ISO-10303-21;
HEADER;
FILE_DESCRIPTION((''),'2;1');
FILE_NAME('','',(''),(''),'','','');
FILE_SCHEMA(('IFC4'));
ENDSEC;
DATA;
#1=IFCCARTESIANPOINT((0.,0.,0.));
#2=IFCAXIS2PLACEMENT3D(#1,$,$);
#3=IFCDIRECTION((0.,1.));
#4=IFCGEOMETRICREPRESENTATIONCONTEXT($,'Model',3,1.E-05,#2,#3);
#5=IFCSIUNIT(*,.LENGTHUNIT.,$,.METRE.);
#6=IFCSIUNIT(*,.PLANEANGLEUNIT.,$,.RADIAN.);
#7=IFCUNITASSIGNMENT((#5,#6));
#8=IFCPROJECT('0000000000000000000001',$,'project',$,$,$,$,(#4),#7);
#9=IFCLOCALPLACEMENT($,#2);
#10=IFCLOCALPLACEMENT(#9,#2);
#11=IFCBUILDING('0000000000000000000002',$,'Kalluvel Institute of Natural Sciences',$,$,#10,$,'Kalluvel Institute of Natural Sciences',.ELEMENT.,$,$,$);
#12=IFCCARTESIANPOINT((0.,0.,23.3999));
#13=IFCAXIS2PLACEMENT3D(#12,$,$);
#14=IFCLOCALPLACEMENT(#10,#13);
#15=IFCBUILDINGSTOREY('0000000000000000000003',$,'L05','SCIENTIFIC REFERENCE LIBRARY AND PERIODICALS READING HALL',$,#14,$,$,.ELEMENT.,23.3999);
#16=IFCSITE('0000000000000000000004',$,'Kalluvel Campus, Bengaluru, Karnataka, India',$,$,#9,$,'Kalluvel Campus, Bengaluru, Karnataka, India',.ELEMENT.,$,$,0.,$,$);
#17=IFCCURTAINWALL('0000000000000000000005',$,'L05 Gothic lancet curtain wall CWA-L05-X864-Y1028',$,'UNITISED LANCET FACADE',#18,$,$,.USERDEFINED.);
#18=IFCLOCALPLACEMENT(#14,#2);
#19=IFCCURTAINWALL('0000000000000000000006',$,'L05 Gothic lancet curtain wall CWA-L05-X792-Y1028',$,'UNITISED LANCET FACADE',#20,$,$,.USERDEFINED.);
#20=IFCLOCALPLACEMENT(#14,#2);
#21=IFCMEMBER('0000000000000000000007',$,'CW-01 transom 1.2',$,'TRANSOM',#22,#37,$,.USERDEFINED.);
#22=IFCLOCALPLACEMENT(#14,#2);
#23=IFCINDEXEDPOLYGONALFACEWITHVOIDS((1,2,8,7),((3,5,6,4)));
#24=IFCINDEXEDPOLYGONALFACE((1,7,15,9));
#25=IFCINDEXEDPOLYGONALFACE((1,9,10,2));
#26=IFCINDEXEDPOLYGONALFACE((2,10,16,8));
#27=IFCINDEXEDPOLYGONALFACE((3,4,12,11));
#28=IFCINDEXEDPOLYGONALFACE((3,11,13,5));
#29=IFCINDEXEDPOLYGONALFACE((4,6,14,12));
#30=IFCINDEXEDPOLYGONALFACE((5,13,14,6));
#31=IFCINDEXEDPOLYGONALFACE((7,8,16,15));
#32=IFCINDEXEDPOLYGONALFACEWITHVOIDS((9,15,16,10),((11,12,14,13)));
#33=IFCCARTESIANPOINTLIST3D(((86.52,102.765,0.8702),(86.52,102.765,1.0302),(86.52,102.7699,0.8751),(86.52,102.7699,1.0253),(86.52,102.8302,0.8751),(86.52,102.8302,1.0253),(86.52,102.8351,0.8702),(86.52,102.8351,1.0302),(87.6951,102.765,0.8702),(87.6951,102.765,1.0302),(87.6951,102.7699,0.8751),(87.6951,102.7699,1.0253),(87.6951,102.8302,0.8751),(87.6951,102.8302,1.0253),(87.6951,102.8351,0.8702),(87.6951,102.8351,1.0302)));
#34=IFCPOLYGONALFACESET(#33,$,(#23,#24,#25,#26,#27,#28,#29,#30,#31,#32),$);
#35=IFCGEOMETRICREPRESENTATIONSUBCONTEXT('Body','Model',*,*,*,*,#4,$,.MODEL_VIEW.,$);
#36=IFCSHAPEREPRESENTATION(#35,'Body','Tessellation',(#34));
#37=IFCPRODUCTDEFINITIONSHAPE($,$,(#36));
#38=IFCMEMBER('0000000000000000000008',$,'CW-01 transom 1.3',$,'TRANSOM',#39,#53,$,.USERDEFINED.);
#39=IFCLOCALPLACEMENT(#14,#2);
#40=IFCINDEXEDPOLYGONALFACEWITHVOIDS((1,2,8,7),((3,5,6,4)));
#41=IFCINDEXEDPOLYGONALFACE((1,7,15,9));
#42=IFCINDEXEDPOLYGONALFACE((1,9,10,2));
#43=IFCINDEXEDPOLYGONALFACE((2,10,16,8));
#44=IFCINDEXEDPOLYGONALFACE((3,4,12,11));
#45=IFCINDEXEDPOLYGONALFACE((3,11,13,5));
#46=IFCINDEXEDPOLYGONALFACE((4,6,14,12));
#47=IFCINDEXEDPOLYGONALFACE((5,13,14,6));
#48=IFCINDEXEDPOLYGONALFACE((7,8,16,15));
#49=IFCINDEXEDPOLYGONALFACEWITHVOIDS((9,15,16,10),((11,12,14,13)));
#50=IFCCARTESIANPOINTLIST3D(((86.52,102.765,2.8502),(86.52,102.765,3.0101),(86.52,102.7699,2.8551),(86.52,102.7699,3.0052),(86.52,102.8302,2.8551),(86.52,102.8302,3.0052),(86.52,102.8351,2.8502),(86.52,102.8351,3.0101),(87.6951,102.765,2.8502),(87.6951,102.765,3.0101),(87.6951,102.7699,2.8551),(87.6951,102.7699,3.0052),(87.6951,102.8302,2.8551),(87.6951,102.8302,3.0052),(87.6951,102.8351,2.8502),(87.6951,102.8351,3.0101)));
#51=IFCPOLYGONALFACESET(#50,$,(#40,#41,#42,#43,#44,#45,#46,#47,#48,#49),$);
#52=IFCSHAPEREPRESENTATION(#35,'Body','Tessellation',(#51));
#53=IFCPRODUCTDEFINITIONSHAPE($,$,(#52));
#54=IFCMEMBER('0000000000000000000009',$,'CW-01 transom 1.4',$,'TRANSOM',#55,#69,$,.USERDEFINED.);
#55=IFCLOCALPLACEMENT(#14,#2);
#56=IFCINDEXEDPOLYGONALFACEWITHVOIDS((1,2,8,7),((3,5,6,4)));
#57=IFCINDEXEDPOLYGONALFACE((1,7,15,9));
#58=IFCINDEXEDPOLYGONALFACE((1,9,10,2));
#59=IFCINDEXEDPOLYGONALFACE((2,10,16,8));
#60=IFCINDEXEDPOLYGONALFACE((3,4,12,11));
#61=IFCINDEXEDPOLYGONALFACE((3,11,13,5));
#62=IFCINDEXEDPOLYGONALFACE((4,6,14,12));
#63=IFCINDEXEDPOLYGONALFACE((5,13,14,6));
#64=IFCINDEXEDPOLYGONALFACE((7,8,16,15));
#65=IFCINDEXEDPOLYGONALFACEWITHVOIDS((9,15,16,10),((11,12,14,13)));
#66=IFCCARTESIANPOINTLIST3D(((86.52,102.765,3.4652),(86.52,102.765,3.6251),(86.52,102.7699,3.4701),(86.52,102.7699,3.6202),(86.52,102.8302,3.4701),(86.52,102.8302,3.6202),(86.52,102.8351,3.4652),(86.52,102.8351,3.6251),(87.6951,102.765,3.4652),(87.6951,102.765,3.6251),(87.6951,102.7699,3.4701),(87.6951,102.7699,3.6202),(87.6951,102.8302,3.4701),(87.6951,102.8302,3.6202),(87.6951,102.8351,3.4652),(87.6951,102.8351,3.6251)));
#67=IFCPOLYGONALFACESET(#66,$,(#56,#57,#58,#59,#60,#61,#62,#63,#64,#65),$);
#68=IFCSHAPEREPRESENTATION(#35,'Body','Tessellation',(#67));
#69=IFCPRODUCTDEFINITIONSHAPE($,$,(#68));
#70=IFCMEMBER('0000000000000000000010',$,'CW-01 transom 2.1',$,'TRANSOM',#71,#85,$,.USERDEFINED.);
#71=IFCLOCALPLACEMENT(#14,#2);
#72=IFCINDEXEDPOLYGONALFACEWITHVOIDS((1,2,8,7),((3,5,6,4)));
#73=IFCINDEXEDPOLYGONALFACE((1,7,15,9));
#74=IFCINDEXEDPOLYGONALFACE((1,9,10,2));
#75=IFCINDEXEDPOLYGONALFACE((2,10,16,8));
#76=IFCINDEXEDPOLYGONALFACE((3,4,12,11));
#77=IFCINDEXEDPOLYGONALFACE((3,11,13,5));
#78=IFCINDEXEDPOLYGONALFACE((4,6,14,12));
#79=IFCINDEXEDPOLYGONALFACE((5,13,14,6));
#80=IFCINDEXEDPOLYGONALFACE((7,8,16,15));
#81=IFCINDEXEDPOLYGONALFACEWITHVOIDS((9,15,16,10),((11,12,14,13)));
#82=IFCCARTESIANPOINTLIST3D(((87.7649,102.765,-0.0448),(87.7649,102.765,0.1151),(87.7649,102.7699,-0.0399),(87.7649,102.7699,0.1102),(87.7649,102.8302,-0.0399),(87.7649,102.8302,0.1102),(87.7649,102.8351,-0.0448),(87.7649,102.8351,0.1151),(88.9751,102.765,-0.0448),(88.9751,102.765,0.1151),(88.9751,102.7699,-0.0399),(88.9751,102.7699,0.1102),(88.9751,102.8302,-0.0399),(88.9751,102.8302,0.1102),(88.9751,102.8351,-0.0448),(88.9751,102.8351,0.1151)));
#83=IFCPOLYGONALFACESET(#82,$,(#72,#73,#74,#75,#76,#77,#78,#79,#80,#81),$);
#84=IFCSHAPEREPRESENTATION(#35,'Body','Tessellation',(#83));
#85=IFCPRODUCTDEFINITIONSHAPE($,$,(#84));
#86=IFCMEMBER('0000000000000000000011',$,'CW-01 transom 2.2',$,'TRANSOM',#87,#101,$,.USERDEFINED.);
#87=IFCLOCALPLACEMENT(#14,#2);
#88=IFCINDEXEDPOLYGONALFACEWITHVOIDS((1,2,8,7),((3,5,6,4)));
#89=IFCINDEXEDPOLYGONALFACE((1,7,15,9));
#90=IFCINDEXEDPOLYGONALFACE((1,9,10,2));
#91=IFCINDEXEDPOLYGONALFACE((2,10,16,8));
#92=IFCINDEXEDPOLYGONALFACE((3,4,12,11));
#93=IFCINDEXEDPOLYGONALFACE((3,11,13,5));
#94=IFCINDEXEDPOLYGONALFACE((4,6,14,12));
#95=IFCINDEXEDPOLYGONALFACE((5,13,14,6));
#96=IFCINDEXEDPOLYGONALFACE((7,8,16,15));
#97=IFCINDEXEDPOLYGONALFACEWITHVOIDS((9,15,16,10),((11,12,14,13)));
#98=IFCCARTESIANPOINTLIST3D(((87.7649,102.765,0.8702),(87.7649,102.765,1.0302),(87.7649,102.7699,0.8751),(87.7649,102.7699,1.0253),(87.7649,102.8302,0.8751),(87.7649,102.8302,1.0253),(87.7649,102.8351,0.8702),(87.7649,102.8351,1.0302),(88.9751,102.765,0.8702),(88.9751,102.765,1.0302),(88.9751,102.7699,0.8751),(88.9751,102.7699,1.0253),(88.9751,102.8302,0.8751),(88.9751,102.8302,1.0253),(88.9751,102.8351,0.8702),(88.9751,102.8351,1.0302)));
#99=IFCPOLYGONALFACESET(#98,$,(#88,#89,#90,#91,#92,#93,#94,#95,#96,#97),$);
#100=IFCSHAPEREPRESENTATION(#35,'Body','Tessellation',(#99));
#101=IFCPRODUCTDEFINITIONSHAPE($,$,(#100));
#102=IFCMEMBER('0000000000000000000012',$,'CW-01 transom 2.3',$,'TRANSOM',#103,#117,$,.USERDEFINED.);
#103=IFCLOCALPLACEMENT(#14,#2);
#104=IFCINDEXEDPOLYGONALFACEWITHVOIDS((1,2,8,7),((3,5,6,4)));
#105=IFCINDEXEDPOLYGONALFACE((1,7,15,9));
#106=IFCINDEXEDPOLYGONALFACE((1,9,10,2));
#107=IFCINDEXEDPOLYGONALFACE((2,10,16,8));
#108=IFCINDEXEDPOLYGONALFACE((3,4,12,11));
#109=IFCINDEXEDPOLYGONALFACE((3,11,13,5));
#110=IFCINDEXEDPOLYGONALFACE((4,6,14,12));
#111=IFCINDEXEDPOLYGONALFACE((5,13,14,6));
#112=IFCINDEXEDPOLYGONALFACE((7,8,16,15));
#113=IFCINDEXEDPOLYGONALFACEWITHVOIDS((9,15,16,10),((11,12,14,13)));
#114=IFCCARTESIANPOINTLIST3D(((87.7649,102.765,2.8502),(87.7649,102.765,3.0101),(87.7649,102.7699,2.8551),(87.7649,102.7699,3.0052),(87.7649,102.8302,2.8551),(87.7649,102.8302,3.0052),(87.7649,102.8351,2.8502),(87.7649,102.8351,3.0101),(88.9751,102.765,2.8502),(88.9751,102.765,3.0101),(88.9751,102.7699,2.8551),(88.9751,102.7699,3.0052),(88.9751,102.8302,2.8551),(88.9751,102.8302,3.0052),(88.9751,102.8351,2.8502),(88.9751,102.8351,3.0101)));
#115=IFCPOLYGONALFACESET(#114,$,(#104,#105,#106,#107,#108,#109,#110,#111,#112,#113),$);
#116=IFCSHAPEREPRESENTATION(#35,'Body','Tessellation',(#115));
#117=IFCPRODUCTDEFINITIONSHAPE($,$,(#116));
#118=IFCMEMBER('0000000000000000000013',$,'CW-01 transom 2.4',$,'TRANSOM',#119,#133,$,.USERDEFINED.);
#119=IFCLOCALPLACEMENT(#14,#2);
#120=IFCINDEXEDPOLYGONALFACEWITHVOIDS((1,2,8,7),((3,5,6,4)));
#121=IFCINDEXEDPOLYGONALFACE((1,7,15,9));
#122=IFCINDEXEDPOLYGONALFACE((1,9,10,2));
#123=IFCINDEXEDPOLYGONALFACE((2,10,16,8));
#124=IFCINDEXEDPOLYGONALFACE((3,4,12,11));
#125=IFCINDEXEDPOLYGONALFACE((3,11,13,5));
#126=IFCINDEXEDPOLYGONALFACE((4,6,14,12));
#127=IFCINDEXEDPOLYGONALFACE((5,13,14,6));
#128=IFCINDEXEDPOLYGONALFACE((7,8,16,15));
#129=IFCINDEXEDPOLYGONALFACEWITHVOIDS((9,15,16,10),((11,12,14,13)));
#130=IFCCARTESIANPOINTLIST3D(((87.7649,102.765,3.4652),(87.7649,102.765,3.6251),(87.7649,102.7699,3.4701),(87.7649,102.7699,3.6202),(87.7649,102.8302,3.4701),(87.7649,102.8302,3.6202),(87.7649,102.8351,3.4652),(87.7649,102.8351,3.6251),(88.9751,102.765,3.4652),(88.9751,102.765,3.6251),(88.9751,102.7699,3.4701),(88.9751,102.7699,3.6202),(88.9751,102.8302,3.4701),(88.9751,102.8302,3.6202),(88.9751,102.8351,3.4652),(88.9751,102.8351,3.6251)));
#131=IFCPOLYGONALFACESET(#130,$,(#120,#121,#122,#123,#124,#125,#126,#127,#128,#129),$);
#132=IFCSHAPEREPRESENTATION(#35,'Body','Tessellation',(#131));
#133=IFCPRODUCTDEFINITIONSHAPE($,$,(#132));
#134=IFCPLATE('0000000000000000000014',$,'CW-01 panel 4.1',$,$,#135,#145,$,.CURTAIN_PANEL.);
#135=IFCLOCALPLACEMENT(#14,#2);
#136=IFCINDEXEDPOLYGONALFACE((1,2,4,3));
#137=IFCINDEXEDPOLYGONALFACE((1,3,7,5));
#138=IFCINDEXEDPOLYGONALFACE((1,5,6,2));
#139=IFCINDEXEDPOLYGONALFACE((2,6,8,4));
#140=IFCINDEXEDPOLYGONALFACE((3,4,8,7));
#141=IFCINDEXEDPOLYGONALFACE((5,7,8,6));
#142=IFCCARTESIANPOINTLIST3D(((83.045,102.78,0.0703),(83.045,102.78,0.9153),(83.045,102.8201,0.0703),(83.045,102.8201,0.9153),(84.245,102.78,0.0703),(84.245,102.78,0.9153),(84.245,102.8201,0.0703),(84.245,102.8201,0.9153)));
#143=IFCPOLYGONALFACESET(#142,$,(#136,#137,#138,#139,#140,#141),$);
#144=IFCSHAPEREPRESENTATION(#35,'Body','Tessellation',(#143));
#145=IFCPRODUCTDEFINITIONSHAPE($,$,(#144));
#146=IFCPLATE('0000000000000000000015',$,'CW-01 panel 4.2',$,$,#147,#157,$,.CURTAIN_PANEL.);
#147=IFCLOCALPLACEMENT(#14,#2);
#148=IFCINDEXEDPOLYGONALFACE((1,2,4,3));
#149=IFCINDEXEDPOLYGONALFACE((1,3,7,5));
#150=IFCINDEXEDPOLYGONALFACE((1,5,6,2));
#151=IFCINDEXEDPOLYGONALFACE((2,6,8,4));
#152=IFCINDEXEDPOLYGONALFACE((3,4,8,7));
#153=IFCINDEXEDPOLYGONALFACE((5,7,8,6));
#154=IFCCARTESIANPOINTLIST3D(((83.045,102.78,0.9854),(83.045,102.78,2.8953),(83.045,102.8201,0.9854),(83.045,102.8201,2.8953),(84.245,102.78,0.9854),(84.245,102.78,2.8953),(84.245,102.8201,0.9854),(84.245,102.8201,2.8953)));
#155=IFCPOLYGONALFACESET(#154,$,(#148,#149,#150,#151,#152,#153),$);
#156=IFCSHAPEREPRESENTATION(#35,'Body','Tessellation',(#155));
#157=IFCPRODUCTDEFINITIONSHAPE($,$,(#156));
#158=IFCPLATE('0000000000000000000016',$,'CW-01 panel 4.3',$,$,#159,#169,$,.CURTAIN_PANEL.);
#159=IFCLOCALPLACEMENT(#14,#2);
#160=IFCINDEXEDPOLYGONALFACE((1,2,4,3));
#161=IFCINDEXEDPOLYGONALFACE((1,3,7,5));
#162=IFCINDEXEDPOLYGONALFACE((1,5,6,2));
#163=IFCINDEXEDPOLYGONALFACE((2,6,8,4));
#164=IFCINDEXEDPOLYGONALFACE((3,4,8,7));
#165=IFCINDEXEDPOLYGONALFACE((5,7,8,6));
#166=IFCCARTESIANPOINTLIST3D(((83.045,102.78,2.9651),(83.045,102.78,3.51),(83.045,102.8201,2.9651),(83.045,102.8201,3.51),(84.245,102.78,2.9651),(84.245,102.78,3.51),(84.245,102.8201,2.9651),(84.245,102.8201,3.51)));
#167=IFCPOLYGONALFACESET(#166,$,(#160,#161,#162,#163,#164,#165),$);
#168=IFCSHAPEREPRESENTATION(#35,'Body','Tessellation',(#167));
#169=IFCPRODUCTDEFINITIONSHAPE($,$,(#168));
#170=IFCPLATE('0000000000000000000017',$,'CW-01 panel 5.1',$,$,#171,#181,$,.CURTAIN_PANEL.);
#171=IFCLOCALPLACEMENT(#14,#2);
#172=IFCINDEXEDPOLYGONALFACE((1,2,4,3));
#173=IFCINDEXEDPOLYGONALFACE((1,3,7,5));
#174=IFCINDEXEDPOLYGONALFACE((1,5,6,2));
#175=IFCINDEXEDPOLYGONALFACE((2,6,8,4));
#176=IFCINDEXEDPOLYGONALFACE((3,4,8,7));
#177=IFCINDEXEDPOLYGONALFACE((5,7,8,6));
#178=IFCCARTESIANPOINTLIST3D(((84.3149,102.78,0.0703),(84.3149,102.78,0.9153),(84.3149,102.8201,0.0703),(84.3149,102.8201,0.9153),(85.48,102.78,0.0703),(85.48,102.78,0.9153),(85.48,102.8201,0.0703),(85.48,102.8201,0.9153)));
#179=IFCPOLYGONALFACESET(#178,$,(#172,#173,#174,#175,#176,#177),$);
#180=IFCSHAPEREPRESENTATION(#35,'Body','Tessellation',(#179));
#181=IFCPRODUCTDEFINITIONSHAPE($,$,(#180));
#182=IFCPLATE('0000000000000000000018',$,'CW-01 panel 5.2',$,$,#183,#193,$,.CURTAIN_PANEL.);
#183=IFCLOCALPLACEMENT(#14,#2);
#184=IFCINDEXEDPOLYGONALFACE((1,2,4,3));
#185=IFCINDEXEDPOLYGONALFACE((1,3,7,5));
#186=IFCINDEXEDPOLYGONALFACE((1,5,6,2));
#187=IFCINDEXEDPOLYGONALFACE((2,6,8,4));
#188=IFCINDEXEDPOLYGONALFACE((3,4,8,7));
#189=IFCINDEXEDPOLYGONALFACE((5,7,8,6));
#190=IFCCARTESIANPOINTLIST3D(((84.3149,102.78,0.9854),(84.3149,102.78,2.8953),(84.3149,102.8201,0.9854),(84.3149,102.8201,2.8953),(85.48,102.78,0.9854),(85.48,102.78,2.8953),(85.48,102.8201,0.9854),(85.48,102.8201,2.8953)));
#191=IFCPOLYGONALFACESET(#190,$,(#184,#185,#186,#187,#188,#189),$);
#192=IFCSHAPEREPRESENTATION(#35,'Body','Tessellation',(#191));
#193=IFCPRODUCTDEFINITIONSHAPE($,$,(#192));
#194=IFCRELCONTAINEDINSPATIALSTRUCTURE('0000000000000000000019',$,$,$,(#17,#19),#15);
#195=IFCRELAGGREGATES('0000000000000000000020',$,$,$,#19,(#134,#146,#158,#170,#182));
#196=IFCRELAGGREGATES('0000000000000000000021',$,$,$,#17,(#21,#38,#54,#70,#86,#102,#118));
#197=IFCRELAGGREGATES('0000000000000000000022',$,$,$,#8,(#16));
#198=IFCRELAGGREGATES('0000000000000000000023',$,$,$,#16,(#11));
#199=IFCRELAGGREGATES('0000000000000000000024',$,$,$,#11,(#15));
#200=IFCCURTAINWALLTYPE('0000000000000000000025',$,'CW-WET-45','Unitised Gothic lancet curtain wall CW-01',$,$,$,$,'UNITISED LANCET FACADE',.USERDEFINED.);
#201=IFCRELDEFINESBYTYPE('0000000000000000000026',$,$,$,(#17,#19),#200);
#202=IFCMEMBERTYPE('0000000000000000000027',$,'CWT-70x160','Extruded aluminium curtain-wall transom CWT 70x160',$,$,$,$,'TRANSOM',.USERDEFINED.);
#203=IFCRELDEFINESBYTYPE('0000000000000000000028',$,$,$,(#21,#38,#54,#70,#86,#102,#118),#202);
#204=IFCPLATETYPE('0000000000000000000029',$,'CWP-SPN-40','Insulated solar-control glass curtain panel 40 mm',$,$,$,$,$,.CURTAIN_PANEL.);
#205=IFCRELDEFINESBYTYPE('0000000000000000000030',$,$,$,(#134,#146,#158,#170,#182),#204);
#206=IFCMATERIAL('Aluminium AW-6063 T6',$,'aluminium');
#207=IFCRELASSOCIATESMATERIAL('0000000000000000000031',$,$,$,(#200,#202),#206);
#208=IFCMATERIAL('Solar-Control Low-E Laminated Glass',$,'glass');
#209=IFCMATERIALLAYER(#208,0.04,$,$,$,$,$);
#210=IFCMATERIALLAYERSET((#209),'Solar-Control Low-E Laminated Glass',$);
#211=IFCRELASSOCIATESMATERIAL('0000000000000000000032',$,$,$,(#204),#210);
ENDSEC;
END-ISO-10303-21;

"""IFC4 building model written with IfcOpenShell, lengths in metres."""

from ifc_helpers import new_model, si_unit, direction, frame, origin, origin_2d, place, context, subcontext, project, spatial, rectangle, hollow_rectangle, extrude, material, layer, layer_set, material_profile, profile_set, type_object, element, aggregate, save


model = new_model("IFC4")

# Units and contexts
model_context = context("Model", 3, precision=1e-05, world=origin(), true_north=direction((0.0, 1.0)))
body_context = subcontext(model_context, "Body", "Model", "MODEL_VIEW")
ifc_project = project(units=[si_unit("LENGTHUNIT", "METRE"), si_unit("PLANEANGLEUNIT", "RADIAN")], contexts=[model_context])

# Site, building, storey
site_placement = place(None, origin())
site = spatial("IfcSite", under=ifc_project, at=site_placement, Name="Kalluvel Campus, Bengaluru, Karnataka, India", LongName="Kalluvel Campus, Bengaluru, Karnataka, India", CompositionType="ELEMENT", RefElevation=0.0)
building_placement = place(site_placement, origin())
building = spatial("IfcBuilding", under=site, at=building_placement, Name="Kalluvel Institute of Natural Sciences", LongName="Kalluvel Institute of Natural Sciences", CompositionType="ELEMENT")
storey_placement = place(building_placement, frame((0.0, 0.0, 23.3999)))
storey = spatial("IfcBuildingStorey", under=building, at=storey_placement, Name="L05", Description="SCIENTIFIC REFERENCE LIBRARY AND PERIODICALS READING HALL", CompositionType="ELEMENT", Elevation=23.3999)

# Curtain walls
ifc_material_1 = material(Name="Aluminium AW-6063 T6", Category="aluminium")
curtain_wall_type = type_object("IfcCurtainWallType", Name="CW-WET-45", Description="Unitised Gothic lancet curtain wall CW-01", ElementType="UNITISED LANCET FACADE", PredefinedType="USERDEFINED", material=ifc_material_1)
curtain_wall_1_placement = place(storey_placement, origin())
curtain_wall_1 = element("IfcCurtainWall", 1, at=curtain_wall_1_placement, inside=storey, type_object=curtain_wall_type, Name="L05 Gothic lancet curtain wall CWA-L05-X864-Y1028", ObjectType="UNITISED LANCET FACADE", PredefinedType="USERDEFINED")
curtain_wall_2_placement = place(storey_placement, origin())
curtain_wall_2 = element("IfcCurtainWall", 2, at=curtain_wall_2_placement, inside=storey, type_object=curtain_wall_type, Name="L05 Gothic lancet curtain wall CWA-L05-X792-Y1028", ObjectType="UNITISED LANCET FACADE", PredefinedType="USERDEFINED")
ifc_material_profile_1 = material_profile(ifc_material_1, hollow_rectangle(XDim=0.0701, YDim=0.1599, WallThickness=0.0049, at=origin_2d()), Name="CWT 70x160")
ifc_profile_set_1 = profile_set([ifc_material_profile_1], Name="Aluminium AW-6063 T6")
member_type_1 = type_object("IfcMemberType", Name="CWT-70x160", Description="Extruded aluminium curtain-wall transom CWT 70x160", ElementType="TRANSOM", PredefinedType="USERDEFINED", material=ifc_profile_set_1)

# Members
member_1_placement = place(storey_placement, frame((86.52, 102.8, 0.9502), z_axis=(1.0, 0.0, 0.0), x_axis=(0.0, 1.0, 0.0)))
member_1 = element("IfcMember", 3, at=member_1_placement, type_object=member_type_1, Name="CW-01 transom 1.2", ObjectType="TRANSOM", PredefinedType="USERDEFINED", context=body_context, shape_type="SweptSolid", body=[
    extrude(hollow_rectangle(XDim=0.0701, YDim=0.1599, WallThickness=0.0049, at=origin_2d()), origin(), (0.0, 0.0, 1.0), 1.175),
])
member_2_placement = place(storey_placement, frame((86.52, 102.8, 2.9302), z_axis=(1.0, 0.0, 0.0), x_axis=(0.0, 1.0, 0.0)))
member_2 = element("IfcMember", 4, at=member_2_placement, type_object=member_type_1, Name="CW-01 transom 1.3", ObjectType="TRANSOM", PredefinedType="USERDEFINED", context=body_context, shape_type="SweptSolid", body=[
    extrude(hollow_rectangle(XDim=0.0701, YDim=0.1599, WallThickness=0.0049, at=origin_2d()), origin(), (0.0, 0.0, 1.0), 1.175),
])
member_3_placement = place(storey_placement, frame((86.52, 102.8, 3.5452), z_axis=(1.0, 0.0, 0.0), x_axis=(0.0, 1.0, 0.0)))
member_3 = element("IfcMember", 5, at=member_3_placement, type_object=member_type_1, Name="CW-01 transom 1.4", ObjectType="TRANSOM", PredefinedType="USERDEFINED", context=body_context, shape_type="SweptSolid", body=[
    extrude(hollow_rectangle(XDim=0.0701, YDim=0.1599, WallThickness=0.0049, at=origin_2d()), origin(), (0.0, 0.0, 1.0), 1.175),
])
member_4_placement = place(storey_placement, frame((87.7649, 102.8, 0.0352), z_axis=(1.0, 0.0, 0.0), x_axis=(0.0, 1.0, 0.0)))
member_4 = element("IfcMember", 6, at=member_4_placement, type_object=member_type_1, Name="CW-01 transom 2.1", ObjectType="TRANSOM", PredefinedType="USERDEFINED", context=body_context, shape_type="SweptSolid", body=[
    extrude(hollow_rectangle(XDim=0.0701, YDim=0.1599, WallThickness=0.0049, at=origin_2d()), origin(), (0.0, 0.0, 1.0), 1.2102),
])
member_5_placement = place(storey_placement, frame((87.7649, 102.8, 0.9502), z_axis=(1.0, 0.0, 0.0), x_axis=(0.0, 1.0, 0.0)))
member_5 = element("IfcMember", 7, at=member_5_placement, type_object=member_type_1, Name="CW-01 transom 2.2", ObjectType="TRANSOM", PredefinedType="USERDEFINED", context=body_context, shape_type="SweptSolid", body=[
    extrude(hollow_rectangle(XDim=0.0701, YDim=0.1599, WallThickness=0.0049, at=origin_2d()), origin(), (0.0, 0.0, 1.0), 1.2102),
])
member_6_placement = place(storey_placement, frame((87.7649, 102.8, 2.9302), z_axis=(1.0, 0.0, 0.0), x_axis=(0.0, 1.0, 0.0)))
member_6 = element("IfcMember", 8, at=member_6_placement, type_object=member_type_1, Name="CW-01 transom 2.3", ObjectType="TRANSOM", PredefinedType="USERDEFINED", context=body_context, shape_type="SweptSolid", body=[
    extrude(hollow_rectangle(XDim=0.0701, YDim=0.1599, WallThickness=0.0049, at=origin_2d()), origin(), (0.0, 0.0, 1.0), 1.2102),
])
member_7_placement = place(storey_placement, frame((87.7649, 102.8, 3.5452), z_axis=(1.0, 0.0, 0.0), x_axis=(0.0, 1.0, 0.0)))
member_7 = element("IfcMember", 9, at=member_7_placement, type_object=member_type_1, Name="CW-01 transom 2.4", ObjectType="TRANSOM", PredefinedType="USERDEFINED", context=body_context, shape_type="SweptSolid", body=[
    extrude(hollow_rectangle(XDim=0.0701, YDim=0.1599, WallThickness=0.0049, at=origin_2d()), origin(), (0.0, 0.0, 1.0), 1.2102),
])

# Plates
ifc_material_2 = material(Name="Solar-Control Low-E Laminated Glass", Category="glass")
ifc_layer = layer(ifc_material_2, 0.04)
ifc_layer_set = layer_set([ifc_layer], Name="Solar-Control Low-E Laminated Glass")
plate_type = type_object("IfcPlateType", Name="CWP-SPN-40", Description="Insulated solar-control glass curtain panel 40 mm", PredefinedType="CURTAIN_PANEL", material=ifc_layer_set)
plate_1_placement = place(storey_placement, frame((83.645, 102.8, 0.0703), z_axis=(0.0, 0.0, 1.0), x_axis=(1.0, 0.0, 0.0)))
plate_1 = element("IfcPlate", 10, at=plate_1_placement, type_object=plate_type, Name="CW-01 panel 4.1", PredefinedType="CURTAIN_PANEL", context=body_context, shape_type="SweptSolid", body=[
    extrude(rectangle(XDim=1.2, YDim=0.04, at=origin_2d()), origin(), (0.0, 0.0, 1.0), 0.845),
])
plate_2_placement = place(storey_placement, frame((83.645, 102.8, 0.9854), z_axis=(0.0, 0.0, 1.0), x_axis=(1.0, 0.0, 0.0)))
plate_2 = element("IfcPlate", 11, at=plate_2_placement, type_object=plate_type, Name="CW-01 panel 4.2", PredefinedType="CURTAIN_PANEL", context=body_context, shape_type="SweptSolid", body=[
    extrude(rectangle(XDim=1.2, YDim=0.04, at=origin_2d()), origin(), (0.0, 0.0, 1.0), 1.9099),
])
plate_3_placement = place(storey_placement, frame((83.645, 102.8, 2.9651), z_axis=(0.0, 0.0, 1.0), x_axis=(1.0, 0.0, 0.0)))
plate_3 = element("IfcPlate", 12, at=plate_3_placement, type_object=plate_type, Name="CW-01 panel 4.3", PredefinedType="CURTAIN_PANEL", context=body_context, shape_type="SweptSolid", body=[
    extrude(rectangle(XDim=1.2, YDim=0.04, at=origin_2d()), origin(), (0.0, 0.0, 1.0), 0.5449),
])
plate_4_placement = place(storey_placement, frame((84.8975, 102.8, 0.0703), z_axis=(0.0, 0.0, 1.0), x_axis=(1.0, 0.0, 0.0)))
plate_4 = element("IfcPlate", 13, at=plate_4_placement, type_object=plate_type, Name="CW-01 panel 5.1", PredefinedType="CURTAIN_PANEL", context=body_context, shape_type="SweptSolid", body=[
    extrude(rectangle(XDim=1.165, YDim=0.04, at=origin_2d()), origin(), (0.0, 0.0, 1.0), 0.845),
])
plate_5_placement = place(storey_placement, frame((84.8975, 102.8, 0.9854), z_axis=(0.0, 0.0, 1.0), x_axis=(1.0, 0.0, 0.0)))
plate_5 = element("IfcPlate", 14, at=plate_5_placement, type_object=plate_type, Name="CW-01 panel 5.2", PredefinedType="CURTAIN_PANEL", context=body_context, shape_type="SweptSolid", body=[
    extrude(rectangle(XDim=1.165, YDim=0.04, at=origin_2d()), origin(), (0.0, 0.0, 1.0), 1.9099),
])
aggregate(curtain_wall_2, [plate_1, plate_2, plate_3, plate_4, plate_5])
aggregate(curtain_wall_1, [member_1, member_2, member_3, member_4, member_5, member_6, member_7])

save(model, "model.ifc")
